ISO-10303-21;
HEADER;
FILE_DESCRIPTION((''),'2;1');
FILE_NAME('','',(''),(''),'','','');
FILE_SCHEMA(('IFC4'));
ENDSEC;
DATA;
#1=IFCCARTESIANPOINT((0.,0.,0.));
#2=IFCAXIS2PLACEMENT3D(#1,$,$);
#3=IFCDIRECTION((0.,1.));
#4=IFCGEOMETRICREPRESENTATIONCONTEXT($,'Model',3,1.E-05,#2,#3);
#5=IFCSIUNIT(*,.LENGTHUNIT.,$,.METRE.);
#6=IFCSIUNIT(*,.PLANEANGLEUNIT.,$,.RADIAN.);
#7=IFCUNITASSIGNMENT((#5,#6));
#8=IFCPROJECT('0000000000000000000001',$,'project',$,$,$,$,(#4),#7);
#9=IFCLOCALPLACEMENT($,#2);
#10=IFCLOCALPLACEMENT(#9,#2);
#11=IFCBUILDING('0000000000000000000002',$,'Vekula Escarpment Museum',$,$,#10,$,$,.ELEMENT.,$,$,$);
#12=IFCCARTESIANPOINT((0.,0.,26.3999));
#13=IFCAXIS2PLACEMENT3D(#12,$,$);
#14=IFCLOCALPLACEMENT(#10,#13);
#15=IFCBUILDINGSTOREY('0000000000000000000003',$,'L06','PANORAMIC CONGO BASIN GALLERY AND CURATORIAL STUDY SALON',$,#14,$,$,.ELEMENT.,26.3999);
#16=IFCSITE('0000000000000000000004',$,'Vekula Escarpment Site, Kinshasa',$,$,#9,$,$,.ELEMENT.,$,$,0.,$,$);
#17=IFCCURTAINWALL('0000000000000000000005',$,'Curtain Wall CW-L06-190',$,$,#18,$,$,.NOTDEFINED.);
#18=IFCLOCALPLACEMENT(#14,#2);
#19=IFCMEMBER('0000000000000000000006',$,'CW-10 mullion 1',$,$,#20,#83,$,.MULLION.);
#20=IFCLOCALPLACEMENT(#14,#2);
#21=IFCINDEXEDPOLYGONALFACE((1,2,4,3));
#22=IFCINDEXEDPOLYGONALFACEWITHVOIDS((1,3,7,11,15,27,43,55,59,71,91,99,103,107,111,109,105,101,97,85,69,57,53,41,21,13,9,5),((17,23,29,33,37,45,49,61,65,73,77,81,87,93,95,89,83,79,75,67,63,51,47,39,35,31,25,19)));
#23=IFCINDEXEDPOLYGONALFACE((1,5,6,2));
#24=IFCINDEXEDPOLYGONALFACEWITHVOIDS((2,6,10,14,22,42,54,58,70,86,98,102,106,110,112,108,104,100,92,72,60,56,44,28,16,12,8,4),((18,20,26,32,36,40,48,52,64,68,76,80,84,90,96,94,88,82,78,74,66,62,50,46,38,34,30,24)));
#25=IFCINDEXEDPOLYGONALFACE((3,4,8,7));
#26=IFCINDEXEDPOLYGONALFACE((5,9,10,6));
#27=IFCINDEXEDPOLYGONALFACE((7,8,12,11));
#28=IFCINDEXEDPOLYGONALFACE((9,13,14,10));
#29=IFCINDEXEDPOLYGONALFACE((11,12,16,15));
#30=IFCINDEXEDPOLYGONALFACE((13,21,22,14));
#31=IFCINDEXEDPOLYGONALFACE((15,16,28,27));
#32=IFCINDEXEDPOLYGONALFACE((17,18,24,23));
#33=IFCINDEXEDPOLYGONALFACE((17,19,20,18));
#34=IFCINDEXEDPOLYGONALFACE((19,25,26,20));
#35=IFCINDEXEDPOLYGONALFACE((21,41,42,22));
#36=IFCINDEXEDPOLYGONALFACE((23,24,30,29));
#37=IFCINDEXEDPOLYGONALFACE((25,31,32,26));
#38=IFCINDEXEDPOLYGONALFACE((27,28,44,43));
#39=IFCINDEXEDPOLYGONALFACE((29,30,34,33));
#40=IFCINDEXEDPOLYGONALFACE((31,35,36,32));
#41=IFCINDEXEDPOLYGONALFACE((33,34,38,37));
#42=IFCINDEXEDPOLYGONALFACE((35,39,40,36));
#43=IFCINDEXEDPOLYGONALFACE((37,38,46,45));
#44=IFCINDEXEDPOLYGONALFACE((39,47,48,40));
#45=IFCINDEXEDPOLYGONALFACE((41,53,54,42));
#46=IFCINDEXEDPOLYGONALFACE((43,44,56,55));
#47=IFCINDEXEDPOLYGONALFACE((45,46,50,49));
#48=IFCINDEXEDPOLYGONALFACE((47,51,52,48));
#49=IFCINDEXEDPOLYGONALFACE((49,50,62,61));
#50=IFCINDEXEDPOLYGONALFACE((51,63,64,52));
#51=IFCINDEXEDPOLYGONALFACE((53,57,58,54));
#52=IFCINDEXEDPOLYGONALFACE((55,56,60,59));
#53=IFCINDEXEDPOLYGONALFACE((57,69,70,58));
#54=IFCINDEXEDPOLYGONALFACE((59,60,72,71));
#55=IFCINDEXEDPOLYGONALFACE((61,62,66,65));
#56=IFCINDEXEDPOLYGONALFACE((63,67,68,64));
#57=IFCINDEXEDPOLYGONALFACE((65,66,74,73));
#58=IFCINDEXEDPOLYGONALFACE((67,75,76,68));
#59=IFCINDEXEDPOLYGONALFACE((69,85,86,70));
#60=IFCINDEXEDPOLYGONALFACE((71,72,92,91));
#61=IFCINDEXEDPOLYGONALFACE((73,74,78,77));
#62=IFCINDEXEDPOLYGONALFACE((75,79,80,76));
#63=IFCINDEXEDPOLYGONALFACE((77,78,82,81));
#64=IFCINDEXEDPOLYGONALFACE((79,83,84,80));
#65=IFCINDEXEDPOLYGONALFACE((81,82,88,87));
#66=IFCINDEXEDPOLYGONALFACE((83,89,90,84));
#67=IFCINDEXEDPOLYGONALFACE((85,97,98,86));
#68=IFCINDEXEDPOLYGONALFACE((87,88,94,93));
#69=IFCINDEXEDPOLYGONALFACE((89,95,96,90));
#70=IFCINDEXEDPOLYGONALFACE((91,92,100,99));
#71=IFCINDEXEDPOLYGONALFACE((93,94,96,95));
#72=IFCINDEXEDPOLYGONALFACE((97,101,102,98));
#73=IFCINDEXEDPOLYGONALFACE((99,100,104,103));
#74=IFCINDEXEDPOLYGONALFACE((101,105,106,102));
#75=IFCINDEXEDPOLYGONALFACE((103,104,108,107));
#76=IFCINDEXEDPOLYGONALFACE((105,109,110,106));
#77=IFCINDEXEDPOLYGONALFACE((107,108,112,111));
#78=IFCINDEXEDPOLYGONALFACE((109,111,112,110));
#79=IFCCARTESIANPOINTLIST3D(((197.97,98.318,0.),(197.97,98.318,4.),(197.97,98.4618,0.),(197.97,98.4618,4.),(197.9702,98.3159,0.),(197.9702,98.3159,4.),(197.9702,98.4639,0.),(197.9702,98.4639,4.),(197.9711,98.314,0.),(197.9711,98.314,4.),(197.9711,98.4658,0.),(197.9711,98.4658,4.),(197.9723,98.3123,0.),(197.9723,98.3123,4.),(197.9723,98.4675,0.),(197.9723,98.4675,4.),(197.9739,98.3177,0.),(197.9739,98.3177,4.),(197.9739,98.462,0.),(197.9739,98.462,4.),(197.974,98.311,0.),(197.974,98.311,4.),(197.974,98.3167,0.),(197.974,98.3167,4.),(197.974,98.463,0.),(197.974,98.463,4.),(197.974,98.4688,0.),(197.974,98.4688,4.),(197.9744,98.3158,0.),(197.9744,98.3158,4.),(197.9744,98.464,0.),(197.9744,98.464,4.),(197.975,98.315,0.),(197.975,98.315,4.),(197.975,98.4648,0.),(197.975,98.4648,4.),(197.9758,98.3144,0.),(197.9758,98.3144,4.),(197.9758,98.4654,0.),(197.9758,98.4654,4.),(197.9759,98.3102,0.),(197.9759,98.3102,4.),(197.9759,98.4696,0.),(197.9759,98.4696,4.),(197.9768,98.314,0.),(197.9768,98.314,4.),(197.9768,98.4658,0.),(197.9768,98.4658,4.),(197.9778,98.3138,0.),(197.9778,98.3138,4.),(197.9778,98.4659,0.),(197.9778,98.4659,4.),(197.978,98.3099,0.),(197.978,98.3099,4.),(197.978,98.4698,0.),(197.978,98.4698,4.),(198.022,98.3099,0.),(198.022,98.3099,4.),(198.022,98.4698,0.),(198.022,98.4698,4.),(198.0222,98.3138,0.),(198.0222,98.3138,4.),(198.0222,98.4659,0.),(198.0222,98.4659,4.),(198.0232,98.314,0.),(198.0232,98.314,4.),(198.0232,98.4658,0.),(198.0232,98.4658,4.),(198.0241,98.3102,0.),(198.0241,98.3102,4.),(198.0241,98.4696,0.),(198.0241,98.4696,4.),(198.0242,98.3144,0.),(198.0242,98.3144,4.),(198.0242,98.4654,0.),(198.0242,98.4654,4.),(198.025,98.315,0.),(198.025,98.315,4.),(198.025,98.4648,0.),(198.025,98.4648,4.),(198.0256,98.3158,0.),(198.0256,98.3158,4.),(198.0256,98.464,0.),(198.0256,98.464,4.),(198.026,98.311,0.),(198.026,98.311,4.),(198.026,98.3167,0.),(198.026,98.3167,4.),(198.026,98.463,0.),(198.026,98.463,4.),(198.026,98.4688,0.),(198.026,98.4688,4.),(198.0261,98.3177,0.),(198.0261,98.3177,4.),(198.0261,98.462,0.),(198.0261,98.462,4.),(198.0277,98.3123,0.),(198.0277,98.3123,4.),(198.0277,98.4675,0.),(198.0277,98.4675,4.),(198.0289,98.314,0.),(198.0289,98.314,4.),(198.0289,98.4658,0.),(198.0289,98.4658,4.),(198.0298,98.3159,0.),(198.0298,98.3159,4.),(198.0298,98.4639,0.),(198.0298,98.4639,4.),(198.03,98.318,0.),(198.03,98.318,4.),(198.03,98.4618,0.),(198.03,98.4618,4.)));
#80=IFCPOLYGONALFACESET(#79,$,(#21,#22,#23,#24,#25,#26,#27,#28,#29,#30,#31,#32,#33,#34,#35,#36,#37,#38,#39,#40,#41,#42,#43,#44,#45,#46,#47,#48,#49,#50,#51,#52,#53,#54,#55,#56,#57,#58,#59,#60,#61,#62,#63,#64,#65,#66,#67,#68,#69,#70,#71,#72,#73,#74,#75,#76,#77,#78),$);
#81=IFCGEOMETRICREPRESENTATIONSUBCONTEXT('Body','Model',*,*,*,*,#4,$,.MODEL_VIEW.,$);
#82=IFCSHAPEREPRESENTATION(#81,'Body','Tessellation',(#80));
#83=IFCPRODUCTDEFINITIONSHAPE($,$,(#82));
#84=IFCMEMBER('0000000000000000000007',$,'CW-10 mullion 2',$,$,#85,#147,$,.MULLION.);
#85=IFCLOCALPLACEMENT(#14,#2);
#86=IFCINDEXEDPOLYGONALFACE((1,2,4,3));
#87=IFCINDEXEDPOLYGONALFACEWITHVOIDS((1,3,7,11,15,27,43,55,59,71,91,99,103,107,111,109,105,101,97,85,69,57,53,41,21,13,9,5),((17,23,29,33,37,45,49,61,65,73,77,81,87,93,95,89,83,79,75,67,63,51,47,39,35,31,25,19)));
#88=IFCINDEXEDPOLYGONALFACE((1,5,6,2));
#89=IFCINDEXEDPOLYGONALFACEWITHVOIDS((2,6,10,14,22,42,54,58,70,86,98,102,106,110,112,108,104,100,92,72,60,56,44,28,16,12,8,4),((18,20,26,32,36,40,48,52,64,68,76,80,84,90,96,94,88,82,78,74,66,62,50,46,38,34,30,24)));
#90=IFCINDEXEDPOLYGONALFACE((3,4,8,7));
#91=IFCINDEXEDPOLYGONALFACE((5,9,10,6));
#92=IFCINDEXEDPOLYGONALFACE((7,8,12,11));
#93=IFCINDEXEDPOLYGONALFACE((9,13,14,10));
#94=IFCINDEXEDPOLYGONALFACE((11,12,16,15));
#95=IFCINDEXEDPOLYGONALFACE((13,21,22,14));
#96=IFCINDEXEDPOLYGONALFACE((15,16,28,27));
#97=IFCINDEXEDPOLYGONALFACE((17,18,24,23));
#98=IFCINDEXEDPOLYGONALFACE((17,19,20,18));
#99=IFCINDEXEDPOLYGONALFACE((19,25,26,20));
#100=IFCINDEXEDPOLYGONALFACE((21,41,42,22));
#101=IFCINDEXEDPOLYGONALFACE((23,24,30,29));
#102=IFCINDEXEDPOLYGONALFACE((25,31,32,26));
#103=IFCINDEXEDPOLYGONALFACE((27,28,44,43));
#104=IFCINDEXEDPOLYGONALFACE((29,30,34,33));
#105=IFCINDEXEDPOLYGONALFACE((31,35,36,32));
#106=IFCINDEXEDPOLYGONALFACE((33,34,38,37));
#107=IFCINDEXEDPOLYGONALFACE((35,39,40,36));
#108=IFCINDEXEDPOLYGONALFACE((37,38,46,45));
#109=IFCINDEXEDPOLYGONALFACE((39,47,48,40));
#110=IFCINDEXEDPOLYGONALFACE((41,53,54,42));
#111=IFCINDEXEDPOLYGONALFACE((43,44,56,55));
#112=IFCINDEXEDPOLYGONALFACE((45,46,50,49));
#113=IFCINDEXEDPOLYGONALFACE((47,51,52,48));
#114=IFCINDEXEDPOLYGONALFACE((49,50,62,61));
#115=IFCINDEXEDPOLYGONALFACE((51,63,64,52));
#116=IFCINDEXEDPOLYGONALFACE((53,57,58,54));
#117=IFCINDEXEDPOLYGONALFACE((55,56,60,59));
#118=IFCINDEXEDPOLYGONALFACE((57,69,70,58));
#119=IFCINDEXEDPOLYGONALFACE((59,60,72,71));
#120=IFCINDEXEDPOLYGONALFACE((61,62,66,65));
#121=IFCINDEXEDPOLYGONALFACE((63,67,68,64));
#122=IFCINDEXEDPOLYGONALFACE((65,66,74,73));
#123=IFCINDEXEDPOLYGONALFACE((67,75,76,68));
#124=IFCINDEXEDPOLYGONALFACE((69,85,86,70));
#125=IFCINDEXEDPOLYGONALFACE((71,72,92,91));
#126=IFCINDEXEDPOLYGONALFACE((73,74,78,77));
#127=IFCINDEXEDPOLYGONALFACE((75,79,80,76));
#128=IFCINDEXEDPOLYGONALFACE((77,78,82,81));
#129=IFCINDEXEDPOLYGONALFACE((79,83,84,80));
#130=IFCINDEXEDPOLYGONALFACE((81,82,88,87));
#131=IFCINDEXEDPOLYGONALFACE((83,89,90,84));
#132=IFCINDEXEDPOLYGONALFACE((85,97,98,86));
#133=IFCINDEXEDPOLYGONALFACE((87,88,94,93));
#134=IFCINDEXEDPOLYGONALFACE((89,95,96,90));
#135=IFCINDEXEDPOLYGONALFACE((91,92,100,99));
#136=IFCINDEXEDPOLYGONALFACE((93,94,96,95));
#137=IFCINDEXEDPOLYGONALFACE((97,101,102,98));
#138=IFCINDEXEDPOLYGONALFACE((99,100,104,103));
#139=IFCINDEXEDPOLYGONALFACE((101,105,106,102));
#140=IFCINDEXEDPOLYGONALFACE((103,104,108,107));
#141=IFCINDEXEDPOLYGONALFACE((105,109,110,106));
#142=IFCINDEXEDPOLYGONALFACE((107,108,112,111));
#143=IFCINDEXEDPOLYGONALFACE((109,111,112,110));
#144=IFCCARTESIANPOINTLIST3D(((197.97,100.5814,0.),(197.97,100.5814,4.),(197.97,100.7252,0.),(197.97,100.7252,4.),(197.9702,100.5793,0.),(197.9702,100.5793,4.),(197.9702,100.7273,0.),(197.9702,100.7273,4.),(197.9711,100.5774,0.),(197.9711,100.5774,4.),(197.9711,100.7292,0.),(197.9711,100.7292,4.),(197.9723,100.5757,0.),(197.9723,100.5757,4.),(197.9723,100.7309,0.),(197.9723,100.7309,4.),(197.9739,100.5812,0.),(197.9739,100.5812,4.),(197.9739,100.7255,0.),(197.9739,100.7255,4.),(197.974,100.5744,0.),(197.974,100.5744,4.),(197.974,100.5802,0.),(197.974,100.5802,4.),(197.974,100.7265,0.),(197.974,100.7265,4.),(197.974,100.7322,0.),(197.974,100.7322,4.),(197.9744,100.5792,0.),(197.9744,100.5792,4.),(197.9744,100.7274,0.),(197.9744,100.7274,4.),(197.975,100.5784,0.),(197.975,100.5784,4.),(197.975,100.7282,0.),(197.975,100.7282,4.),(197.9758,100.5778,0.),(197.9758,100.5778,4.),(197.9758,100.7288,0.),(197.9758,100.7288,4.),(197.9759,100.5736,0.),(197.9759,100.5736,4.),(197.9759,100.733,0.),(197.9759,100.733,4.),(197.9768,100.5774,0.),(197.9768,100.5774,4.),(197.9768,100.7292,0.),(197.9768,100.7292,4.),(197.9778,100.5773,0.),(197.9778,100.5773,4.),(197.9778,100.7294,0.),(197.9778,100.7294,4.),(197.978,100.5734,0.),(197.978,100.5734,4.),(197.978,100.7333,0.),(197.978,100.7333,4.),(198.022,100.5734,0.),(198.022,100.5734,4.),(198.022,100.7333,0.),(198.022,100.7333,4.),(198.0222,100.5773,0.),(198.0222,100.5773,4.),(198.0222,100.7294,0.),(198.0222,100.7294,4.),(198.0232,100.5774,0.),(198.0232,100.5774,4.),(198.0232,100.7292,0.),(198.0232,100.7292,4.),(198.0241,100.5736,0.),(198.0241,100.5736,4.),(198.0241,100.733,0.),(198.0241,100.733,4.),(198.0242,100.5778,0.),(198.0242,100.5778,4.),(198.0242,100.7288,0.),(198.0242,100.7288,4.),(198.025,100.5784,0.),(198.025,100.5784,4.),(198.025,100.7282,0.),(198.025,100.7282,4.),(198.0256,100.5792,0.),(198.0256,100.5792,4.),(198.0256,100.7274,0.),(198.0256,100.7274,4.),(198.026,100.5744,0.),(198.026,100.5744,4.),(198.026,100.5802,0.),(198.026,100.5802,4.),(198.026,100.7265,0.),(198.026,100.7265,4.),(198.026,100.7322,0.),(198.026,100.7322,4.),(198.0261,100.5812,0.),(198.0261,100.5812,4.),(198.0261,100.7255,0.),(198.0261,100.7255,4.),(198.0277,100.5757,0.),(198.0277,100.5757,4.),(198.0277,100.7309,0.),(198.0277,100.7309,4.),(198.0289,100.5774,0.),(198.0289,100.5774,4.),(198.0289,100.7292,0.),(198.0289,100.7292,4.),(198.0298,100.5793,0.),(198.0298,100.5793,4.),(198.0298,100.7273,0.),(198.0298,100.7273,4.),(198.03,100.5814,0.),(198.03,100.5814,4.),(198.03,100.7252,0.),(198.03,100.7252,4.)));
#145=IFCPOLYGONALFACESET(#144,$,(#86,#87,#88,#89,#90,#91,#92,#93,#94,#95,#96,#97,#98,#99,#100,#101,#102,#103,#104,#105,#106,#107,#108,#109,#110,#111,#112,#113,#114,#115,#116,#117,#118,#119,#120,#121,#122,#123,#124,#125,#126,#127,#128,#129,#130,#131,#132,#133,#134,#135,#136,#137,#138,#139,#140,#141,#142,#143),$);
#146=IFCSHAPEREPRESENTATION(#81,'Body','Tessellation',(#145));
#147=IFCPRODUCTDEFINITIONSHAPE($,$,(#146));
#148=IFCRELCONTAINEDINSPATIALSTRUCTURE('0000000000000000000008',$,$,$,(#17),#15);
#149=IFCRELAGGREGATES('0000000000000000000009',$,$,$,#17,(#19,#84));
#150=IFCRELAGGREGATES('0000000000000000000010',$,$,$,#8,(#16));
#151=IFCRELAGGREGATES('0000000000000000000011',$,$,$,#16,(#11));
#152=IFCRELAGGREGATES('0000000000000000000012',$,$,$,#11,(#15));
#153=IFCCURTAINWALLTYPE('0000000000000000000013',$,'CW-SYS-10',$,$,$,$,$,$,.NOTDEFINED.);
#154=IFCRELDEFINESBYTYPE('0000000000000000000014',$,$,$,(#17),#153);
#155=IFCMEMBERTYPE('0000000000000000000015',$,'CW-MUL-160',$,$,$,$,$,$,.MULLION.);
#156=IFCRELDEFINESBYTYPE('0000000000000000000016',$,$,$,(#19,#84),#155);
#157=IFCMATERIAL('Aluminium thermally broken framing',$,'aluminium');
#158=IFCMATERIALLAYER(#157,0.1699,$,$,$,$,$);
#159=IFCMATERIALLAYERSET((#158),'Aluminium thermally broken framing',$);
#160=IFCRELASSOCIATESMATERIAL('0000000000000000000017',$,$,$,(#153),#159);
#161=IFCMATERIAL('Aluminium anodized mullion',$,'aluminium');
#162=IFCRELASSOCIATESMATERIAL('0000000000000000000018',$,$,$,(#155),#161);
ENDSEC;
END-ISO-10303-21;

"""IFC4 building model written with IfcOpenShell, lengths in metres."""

from ifc_helpers import new_model, si_unit, direction, frame, origin, origin_2d, place, context, subcontext, project, spatial, hollow_rectangle, extrude, material, layer, layer_set, material_profile, profile_set, type_object, element, aggregate, save


model = new_model("IFC4")

# Units and contexts
model_context = context("Model", 3, precision=1e-05, world=origin(), true_north=direction((0.0, 1.0)))
body_context = subcontext(model_context, "Body", "Model", "MODEL_VIEW")
ifc_project = project(units=[si_unit("LENGTHUNIT", "METRE"), si_unit("PLANEANGLEUNIT", "RADIAN")], contexts=[model_context])

# Site, building, storey
site_placement = place(None, origin())
site = spatial("IfcSite", under=ifc_project, at=site_placement, Name="Vekula Escarpment Site, Kinshasa", CompositionType="ELEMENT", RefElevation=0.0)
building_placement = place(site_placement, origin())
building = spatial("IfcBuilding", under=site, at=building_placement, Name="Vekula Escarpment Museum", CompositionType="ELEMENT")
storey_placement = place(building_placement, frame((0.0, 0.0, 26.3999)))
storey = spatial("IfcBuildingStorey", under=building, at=storey_placement, Name="L06", Description="PANORAMIC CONGO BASIN GALLERY AND CURATORIAL STUDY SALON", CompositionType="ELEMENT", Elevation=26.3999)

# Curtain wall, members
ifc_material_1 = material(Name="Aluminium thermally broken framing", Category="aluminium")
ifc_layer_1 = layer(ifc_material_1, 0.1699)
ifc_layer_set_1 = layer_set([ifc_layer_1], Name="Aluminium thermally broken framing")
curtain_wall_type = type_object("IfcCurtainWallType", Name="CW-SYS-10", PredefinedType="NOTDEFINED", material=ifc_layer_set_1)
curtain_wall_placement = place(storey_placement, origin())
curtain_wall = element("IfcCurtainWall", 1, at=curtain_wall_placement, inside=storey, type_object=curtain_wall_type, Name="Curtain Wall CW-L06-190", PredefinedType="NOTDEFINED")
ifc_material_2 = material(Name="Aluminium anodized mullion", Category="aluminium")
ifc_material_profile_1 = material_profile(ifc_material_2, hollow_rectangle(XDim=0.0601, YDim=0.1599, WallThickness=0.0039, InnerFilletRadius=0.0039, OuterFilletRadius=0.0081, at=origin_2d()), Name="ALU 160x60x4")
ifc_profile_set_1 = profile_set([ifc_material_profile_1], Name="Aluminium anodized mullion")
member_type_1 = type_object("IfcMemberType", Name="CW-MUL-160", PredefinedType="MULLION", material=ifc_profile_set_1)
member_1_placement = place(storey_placement, frame((198.0, 98.3899, 0.0), z_axis=(0.0, 0.0, 1.0), x_axis=(-1.0, 0.0, 0.0)))
member_1 = element("IfcMember", 2, at=member_1_placement, type_object=member_type_1, Name="CW-10 mullion 1", PredefinedType="MULLION", context=body_context, shape_type="SweptSolid", body=[
    extrude(hollow_rectangle(XDim=0.0601, YDim=0.1599, WallThickness=0.0039, InnerFilletRadius=0.0039, OuterFilletRadius=0.0081, at=origin_2d()), origin(), (0.0, 0.0, 1.0), 4.0),
])
member_2_placement = place(storey_placement, frame((198.0, 100.6533, 0.0), z_axis=(0.0, 0.0, 1.0), x_axis=(-1.0, 0.0, 0.0)))
member_2 = element("IfcMember", 3, at=member_2_placement, type_object=member_type_1, Name="CW-10 mullion 2", PredefinedType="MULLION", context=body_context, shape_type="SweptSolid", body=[
    extrude(hollow_rectangle(XDim=0.0601, YDim=0.1599, WallThickness=0.0039, InnerFilletRadius=0.0039, OuterFilletRadius=0.0081, at=origin_2d()), origin(), (0.0, 0.0, 1.0), 4.0),
])

aggregate(curtain_wall, [member_1, member_2])

save(model, "model.ifc")
